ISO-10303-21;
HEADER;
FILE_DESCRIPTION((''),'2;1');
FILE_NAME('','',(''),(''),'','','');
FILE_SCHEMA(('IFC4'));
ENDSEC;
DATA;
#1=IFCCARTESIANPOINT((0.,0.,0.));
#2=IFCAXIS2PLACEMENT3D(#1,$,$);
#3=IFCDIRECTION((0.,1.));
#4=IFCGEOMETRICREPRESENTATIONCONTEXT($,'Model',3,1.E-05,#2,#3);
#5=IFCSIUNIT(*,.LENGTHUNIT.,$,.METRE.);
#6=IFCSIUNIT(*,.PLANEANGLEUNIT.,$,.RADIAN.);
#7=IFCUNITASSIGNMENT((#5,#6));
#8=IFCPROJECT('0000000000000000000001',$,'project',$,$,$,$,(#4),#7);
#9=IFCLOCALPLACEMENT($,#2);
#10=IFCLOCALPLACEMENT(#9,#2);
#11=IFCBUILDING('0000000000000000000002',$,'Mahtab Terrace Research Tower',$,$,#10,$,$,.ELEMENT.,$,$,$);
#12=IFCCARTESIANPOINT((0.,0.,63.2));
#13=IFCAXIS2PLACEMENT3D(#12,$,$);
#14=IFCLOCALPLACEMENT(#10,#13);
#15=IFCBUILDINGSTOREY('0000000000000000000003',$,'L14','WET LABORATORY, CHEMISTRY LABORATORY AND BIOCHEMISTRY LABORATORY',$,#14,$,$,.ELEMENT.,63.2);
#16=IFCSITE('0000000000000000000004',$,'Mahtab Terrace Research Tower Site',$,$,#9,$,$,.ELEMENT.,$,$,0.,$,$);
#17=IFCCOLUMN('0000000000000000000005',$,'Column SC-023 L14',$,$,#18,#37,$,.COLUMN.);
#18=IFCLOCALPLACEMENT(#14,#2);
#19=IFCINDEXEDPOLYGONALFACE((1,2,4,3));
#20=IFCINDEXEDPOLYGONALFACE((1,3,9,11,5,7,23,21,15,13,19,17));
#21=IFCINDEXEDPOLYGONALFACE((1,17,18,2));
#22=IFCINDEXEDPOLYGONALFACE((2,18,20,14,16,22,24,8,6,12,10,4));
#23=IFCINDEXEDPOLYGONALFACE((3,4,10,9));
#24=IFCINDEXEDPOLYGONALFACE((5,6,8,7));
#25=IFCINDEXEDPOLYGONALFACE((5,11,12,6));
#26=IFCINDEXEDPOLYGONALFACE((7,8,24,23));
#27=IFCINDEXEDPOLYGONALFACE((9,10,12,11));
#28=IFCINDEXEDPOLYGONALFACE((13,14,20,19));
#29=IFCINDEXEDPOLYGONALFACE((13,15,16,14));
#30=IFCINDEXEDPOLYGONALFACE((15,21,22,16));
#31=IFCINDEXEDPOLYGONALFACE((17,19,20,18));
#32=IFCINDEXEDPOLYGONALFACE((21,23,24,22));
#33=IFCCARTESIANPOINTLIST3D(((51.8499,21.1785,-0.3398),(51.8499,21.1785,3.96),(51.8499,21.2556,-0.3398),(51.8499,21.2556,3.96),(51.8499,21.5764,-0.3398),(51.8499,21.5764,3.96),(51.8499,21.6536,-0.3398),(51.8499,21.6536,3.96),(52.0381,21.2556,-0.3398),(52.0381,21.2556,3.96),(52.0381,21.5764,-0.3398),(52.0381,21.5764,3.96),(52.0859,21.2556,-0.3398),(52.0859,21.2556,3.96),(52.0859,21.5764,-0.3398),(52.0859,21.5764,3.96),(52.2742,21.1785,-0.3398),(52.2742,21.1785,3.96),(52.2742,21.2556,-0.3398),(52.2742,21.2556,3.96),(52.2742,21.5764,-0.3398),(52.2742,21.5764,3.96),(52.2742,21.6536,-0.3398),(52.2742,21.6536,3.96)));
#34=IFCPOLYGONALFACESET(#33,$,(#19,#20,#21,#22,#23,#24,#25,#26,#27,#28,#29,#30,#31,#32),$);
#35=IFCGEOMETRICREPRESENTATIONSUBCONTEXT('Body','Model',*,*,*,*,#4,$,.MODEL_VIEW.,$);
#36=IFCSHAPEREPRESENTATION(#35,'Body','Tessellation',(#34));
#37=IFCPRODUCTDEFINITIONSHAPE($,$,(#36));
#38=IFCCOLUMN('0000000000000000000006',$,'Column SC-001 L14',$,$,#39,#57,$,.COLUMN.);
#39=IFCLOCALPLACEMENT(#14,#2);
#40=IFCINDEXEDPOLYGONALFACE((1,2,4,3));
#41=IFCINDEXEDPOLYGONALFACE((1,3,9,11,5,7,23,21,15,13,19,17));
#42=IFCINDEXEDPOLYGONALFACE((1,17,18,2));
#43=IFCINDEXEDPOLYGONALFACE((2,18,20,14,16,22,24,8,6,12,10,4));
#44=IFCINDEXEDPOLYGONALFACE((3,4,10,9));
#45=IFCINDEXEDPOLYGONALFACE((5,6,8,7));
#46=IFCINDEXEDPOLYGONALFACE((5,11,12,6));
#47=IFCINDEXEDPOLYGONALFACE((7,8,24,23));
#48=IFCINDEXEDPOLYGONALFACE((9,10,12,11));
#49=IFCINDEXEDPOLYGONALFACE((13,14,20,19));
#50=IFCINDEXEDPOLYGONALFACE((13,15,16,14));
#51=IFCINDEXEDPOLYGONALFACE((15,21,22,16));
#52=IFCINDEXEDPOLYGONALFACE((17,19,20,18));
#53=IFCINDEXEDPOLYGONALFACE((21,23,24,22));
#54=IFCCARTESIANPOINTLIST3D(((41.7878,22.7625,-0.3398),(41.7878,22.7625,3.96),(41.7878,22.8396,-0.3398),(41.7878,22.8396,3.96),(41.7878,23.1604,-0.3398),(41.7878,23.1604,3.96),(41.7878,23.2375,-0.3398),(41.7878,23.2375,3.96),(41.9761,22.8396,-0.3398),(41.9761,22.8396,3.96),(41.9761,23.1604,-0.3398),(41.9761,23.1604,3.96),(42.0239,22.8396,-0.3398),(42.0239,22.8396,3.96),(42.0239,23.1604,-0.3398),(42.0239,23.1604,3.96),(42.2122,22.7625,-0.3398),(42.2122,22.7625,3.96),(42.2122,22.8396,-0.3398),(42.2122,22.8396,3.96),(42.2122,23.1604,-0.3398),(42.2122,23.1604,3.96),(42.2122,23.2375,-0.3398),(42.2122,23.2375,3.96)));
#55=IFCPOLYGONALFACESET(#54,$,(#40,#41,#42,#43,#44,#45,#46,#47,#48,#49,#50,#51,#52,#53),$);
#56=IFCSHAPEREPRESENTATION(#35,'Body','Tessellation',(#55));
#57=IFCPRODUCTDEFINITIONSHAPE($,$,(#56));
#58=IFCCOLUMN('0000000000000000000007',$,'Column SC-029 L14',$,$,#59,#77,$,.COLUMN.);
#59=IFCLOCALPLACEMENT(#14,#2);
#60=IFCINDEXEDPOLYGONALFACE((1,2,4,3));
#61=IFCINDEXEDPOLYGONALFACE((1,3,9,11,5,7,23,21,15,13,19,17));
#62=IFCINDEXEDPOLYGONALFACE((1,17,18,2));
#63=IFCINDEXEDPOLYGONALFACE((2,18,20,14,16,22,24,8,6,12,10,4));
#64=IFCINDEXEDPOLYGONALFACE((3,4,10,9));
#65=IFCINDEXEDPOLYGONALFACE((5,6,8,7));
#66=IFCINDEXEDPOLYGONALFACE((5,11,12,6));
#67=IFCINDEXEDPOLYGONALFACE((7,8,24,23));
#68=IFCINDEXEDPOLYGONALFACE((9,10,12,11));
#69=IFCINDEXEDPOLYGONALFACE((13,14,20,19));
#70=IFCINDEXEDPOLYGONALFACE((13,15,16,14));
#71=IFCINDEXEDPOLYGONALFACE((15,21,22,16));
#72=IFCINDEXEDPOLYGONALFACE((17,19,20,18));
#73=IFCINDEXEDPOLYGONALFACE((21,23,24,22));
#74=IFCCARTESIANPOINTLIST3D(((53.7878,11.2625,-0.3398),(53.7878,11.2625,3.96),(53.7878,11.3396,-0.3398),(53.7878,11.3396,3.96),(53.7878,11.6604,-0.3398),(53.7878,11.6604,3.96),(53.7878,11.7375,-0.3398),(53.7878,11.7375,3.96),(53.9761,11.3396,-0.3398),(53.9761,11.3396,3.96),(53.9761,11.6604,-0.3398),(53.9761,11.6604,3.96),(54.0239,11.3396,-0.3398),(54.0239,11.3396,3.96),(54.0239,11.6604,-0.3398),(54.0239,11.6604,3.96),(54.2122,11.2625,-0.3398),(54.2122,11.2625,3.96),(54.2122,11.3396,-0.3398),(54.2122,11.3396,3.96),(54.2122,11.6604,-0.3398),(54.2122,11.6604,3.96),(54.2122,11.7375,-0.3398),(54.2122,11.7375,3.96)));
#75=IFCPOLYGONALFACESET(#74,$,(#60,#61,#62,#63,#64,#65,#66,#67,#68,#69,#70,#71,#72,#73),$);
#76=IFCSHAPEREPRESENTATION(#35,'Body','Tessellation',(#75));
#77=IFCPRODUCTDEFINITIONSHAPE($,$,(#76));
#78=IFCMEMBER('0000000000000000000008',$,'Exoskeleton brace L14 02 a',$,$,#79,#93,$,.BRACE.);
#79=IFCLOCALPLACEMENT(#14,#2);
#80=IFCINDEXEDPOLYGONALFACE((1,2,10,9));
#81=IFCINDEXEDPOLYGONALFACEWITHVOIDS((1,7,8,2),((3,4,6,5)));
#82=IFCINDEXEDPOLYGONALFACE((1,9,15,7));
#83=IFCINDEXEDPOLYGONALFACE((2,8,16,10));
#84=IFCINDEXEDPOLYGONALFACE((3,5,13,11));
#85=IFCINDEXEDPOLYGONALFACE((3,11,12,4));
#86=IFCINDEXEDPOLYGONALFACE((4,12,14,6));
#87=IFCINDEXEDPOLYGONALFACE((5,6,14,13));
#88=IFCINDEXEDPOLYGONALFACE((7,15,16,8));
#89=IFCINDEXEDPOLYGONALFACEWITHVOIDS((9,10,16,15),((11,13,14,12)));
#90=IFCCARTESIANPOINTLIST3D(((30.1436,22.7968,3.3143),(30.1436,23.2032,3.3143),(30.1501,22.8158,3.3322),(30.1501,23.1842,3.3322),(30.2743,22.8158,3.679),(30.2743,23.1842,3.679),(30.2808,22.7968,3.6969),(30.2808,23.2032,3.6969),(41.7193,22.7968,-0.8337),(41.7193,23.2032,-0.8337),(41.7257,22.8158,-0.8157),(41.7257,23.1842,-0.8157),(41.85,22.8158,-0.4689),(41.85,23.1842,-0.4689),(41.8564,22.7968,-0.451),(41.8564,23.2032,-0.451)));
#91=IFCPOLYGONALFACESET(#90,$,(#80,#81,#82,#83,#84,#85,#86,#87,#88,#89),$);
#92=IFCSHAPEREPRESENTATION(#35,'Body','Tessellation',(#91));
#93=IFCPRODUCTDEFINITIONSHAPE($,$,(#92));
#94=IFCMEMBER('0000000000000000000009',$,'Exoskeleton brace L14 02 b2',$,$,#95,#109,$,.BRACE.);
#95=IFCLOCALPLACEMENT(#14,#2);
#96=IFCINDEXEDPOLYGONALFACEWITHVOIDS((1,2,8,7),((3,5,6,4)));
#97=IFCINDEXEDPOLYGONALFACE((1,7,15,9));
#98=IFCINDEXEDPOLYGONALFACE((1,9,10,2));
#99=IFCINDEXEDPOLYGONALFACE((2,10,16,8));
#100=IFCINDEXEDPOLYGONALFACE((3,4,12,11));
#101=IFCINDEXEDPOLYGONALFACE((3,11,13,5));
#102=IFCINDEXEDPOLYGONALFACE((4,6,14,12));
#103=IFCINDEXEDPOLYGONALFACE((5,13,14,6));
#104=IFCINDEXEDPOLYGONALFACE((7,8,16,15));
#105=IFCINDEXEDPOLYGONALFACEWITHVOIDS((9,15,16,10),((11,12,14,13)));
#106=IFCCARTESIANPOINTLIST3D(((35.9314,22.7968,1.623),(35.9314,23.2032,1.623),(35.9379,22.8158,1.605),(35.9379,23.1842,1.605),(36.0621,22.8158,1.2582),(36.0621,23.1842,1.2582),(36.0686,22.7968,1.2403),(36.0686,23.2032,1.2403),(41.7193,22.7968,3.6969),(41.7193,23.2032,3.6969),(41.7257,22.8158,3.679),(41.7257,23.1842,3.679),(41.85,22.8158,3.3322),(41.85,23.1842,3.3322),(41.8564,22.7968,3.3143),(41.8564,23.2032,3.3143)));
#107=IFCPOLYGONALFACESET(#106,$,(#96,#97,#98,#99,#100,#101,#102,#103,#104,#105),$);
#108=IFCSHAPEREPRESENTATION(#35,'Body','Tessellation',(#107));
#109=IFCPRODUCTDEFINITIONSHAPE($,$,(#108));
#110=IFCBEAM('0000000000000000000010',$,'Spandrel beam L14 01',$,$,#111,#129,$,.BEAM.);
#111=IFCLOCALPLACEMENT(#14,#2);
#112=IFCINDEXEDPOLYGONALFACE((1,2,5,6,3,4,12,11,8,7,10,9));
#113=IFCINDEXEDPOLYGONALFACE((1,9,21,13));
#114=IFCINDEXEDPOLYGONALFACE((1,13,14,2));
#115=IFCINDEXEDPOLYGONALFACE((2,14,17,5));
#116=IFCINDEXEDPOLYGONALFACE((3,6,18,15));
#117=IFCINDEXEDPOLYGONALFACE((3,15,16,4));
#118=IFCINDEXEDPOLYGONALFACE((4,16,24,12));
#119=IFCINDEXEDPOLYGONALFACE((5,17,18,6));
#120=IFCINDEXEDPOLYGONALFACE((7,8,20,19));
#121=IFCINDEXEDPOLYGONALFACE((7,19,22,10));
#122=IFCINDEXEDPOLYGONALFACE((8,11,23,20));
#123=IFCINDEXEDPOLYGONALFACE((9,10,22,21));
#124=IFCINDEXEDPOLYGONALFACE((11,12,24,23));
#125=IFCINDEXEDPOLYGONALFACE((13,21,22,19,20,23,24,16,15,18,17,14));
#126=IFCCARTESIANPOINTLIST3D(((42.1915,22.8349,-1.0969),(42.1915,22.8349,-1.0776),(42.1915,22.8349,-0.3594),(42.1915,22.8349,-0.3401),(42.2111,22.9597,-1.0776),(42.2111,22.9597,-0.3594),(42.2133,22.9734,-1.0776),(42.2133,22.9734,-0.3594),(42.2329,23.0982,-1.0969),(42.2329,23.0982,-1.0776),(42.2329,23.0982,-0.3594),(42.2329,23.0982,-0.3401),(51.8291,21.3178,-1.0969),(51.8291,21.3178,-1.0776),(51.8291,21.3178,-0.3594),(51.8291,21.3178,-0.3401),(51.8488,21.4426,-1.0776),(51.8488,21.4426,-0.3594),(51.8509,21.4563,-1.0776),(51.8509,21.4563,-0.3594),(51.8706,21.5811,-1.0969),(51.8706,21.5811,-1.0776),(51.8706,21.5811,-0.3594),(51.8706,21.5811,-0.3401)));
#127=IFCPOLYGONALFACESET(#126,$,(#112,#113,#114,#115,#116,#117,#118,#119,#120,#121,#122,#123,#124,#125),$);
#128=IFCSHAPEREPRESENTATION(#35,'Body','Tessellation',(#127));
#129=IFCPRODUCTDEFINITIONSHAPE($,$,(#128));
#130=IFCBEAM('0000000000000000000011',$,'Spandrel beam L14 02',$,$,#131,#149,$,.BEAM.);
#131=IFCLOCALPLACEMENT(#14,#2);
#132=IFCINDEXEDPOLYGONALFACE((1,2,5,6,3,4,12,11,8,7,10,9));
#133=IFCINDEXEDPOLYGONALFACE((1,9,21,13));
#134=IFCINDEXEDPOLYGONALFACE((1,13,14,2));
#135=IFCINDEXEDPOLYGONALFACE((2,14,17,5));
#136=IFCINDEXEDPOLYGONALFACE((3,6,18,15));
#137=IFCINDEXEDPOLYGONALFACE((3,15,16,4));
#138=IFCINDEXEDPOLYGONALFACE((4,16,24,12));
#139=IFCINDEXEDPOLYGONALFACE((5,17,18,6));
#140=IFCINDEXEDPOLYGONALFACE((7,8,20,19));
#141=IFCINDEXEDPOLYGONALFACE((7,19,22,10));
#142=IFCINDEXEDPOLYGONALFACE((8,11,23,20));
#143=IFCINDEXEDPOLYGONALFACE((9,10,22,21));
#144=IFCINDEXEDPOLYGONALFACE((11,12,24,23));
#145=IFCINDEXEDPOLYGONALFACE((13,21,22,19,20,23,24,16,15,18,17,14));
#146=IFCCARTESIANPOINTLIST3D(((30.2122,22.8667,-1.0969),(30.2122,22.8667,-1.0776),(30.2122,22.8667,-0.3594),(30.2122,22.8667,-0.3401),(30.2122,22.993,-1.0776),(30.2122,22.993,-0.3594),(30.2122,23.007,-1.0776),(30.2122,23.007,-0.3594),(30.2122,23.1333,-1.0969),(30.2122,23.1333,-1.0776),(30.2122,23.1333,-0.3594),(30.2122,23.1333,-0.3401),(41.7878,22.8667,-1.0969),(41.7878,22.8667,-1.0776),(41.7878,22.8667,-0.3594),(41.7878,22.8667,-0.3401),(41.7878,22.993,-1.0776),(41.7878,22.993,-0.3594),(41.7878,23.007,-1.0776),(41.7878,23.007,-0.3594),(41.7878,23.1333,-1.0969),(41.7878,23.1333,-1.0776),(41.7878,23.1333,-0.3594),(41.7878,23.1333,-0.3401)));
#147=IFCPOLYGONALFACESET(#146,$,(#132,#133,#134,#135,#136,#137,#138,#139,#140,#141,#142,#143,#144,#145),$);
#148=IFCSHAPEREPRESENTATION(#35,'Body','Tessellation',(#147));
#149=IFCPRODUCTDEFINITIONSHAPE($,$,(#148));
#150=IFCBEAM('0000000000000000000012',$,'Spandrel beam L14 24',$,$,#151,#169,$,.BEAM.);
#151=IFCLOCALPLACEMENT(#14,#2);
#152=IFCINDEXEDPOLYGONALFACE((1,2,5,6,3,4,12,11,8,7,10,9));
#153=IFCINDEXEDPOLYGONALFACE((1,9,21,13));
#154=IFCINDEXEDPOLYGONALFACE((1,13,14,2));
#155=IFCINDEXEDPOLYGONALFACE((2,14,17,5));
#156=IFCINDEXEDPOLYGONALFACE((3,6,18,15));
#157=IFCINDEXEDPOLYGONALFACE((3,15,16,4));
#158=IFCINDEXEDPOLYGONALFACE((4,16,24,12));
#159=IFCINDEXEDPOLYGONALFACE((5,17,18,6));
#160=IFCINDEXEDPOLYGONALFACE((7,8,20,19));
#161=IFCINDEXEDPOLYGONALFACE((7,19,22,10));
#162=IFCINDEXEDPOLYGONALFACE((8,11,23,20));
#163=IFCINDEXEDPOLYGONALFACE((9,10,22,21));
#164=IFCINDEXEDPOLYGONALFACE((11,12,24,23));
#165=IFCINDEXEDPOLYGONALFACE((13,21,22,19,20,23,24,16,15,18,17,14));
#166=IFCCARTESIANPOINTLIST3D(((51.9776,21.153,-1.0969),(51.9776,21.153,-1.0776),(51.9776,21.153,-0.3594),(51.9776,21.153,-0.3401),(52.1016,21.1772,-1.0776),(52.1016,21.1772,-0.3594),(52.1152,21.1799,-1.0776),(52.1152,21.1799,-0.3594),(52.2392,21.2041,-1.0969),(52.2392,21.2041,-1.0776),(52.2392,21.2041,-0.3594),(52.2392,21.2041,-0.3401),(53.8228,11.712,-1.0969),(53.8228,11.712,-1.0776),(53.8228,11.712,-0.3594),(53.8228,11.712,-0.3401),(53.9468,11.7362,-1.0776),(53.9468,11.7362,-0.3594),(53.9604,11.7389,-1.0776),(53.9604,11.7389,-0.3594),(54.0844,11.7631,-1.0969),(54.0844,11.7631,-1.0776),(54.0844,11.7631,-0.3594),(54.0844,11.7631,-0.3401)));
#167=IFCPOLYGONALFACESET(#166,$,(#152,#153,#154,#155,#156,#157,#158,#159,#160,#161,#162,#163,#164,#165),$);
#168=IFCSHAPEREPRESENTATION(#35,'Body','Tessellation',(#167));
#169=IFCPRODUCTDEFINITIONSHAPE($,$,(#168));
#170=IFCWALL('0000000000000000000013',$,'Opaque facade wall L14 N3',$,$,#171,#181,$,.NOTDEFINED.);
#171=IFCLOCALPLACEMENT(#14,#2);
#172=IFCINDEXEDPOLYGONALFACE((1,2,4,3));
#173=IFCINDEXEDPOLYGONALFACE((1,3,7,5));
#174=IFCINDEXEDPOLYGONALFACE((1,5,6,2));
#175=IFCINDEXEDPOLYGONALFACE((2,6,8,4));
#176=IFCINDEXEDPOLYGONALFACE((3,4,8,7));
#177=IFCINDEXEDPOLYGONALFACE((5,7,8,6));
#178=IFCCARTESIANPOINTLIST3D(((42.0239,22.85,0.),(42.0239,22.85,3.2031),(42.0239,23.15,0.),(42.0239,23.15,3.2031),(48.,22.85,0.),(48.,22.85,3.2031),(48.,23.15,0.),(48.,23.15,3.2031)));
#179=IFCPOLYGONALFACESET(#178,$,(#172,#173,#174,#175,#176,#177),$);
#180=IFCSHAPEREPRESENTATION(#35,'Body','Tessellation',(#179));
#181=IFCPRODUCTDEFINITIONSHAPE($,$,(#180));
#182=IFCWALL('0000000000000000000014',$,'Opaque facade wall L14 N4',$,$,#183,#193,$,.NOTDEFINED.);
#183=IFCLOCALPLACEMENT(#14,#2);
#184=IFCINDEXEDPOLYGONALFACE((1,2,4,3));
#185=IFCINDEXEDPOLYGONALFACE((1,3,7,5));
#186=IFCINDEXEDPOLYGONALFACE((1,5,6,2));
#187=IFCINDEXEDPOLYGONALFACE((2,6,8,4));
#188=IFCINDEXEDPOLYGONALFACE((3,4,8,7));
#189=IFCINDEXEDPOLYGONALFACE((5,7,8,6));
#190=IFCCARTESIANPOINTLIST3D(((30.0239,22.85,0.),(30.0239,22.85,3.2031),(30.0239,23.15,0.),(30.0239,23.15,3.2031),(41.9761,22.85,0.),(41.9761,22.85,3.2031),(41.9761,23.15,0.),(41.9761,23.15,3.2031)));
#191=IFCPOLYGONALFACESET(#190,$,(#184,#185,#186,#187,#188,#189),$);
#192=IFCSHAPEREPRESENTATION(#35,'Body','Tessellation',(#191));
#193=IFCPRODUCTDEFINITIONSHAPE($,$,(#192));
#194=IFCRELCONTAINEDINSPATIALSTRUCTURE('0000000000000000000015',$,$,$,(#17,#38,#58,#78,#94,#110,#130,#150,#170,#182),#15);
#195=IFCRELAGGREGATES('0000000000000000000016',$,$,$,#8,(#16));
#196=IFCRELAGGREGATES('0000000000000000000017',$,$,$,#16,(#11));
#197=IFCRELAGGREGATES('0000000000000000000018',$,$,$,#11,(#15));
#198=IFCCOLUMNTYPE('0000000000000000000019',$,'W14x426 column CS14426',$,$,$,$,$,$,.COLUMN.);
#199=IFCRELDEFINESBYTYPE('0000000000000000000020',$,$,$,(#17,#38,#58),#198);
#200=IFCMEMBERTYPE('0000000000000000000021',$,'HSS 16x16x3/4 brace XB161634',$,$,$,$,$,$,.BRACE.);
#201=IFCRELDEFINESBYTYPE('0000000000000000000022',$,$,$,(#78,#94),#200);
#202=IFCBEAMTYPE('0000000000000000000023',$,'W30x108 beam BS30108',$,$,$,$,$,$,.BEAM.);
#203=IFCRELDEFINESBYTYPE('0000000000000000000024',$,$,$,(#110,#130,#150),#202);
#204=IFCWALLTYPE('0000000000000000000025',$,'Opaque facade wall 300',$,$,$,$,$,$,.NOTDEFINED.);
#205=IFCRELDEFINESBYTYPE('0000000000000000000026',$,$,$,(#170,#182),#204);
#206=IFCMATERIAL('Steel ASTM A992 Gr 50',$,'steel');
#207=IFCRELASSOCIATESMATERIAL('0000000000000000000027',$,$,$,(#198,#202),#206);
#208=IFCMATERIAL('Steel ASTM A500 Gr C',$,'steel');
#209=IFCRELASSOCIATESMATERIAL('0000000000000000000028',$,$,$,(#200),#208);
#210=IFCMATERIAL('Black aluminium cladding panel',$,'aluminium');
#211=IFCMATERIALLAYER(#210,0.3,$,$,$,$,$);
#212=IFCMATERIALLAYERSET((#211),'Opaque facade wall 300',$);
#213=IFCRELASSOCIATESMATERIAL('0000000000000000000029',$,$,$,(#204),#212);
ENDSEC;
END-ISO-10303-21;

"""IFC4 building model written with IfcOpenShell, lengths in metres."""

from ifc_helpers import new_model, si_unit, direction, frame, frame_2d, origin, origin_2d, place, context, subcontext, project, spatial, rectangle, hollow_rectangle, i_section, extrude, material, layer, layer_set, material_profile, profile_set, type_object, element, save


model = new_model("IFC4")

# Units and contexts
model_context = context("Model", 3, precision=1e-05, world=origin(), true_north=direction((0.0, 1.0)))
body_context = subcontext(model_context, "Body", "Model", "MODEL_VIEW")
ifc_project = project(units=[si_unit("LENGTHUNIT", "METRE"), si_unit("PLANEANGLEUNIT", "RADIAN")], contexts=[model_context])

# Site, building, storey
site_placement = place(None, origin())
site = spatial("IfcSite", under=ifc_project, at=site_placement, Name="Mahtab Terrace Research Tower Site", CompositionType="ELEMENT", RefElevation=0.0)
building_placement = place(site_placement, origin())
building = spatial("IfcBuilding", under=site, at=building_placement, Name="Mahtab Terrace Research Tower", CompositionType="ELEMENT")
storey_placement = place(building_placement, frame((0.0, 0.0, 63.2)))
storey = spatial("IfcBuildingStorey", under=building, at=storey_placement, Name="L14", Description="WET LABORATORY, CHEMISTRY LABORATORY AND BIOCHEMISTRY LABORATORY", CompositionType="ELEMENT", Elevation=63.2)

# Columns
ifc_material_1 = material(Name="Steel ASTM A992 Gr 50", Category="steel")
ifc_material_profile_1 = material_profile(ifc_material_1, i_section(OverallWidth=0.4243, OverallDepth=0.4751, WebThickness=0.0479, FlangeThickness=0.0771, at=origin_2d()), Name="W14X426")
ifc_profile_set_1 = profile_set([ifc_material_profile_1], Name="Steel ASTM A992 Gr 50")
column_type = type_object("IfcColumnType", Name="W14x426 column CS14426", PredefinedType="COLUMN", material=ifc_profile_set_1)
for number, where, z_axis, x_axis, name in (
    (1, (52.062, 21.416, -0.3398), (0.0, 0.0, 1.0), (1.0, 0.0, 0.0), "Column SC-023 L14"),
    (2, (42.0, 23.0, -0.3398), (0.0, 0.0, 1.0), (1.0, 0.0, 0.0), "Column SC-001 L14"),
    (3, (54.0, 11.5, -0.3398), (0.0, 0.0, 1.0), (1.0, 0.0, 0.0), "Column SC-029 L14"),
):
    element("IfcColumn", number, at=place(storey_placement, frame(where, z_axis=z_axis, x_axis=x_axis)), inside=storey, type_object=column_type, Name=name, PredefinedType="COLUMN", context=body_context, shape_type="SweptSolid", body=[
        extrude(i_section(OverallWidth=0.4243, OverallDepth=0.4751, WebThickness=0.0479, FlangeThickness=0.0771, at=origin_2d()), origin(), (0.0, 0.0, 1.0), 4.2998),
    ])

# Members
ifc_material_2 = material(Name="Steel ASTM A500 Gr C", Category="steel")
ifc_material_profile_2 = material_profile(ifc_material_2, hollow_rectangle(XDim=0.4065, YDim=0.4065, WallThickness=0.019, at=origin_2d()), Name="HSS16X16X3/4")
ifc_profile_set_2 = profile_set([ifc_material_profile_2], Name="Steel ASTM A500 Gr C")
member_type = type_object("IfcMemberType", Name="HSS 16x16x3/4 brace XB161634", PredefinedType="BRACE", material=ifc_profile_set_2)
member_1_placement = place(storey_placement, frame((41.7878, 23.0, -0.6423), z_axis=(-0.941387, 0.0, 0.33733), x_axis=(0.0, -1.0, 0.0)))
element("IfcMember", 4, at=member_1_placement, inside=storey, type_object=member_type, Name="Exoskeleton brace L14 02 a", PredefinedType="BRACE", context=body_context, shape_type="SweptSolid", body=[
    extrude(hollow_rectangle(XDim=0.4065, YDim=0.4065, WallThickness=0.019, at=origin_2d()), origin(), (0.0, 0.0, 1.0), 12.2964),
])
member_2_placement = place(storey_placement, frame((36.0, 23.0, 1.4316), z_axis=(0.941387, 0.0, 0.33733), x_axis=(0.0, 1.0, 0.0)))
element("IfcMember", 5, at=member_2_placement, inside=storey, type_object=member_type, Name="Exoskeleton brace L14 02 b2", PredefinedType="BRACE", context=body_context, shape_type="SweptSolid", body=[
    extrude(hollow_rectangle(XDim=0.4065, YDim=0.4065, WallThickness=0.019, at=origin_2d()), origin(), (0.0, 0.0, 1.0), 6.1482),
])

# Beams
ifc_material_profile_3 = material_profile(ifc_material_1, i_section(OverallWidth=0.2666, OverallDepth=0.7568, WebThickness=0.0139, FlangeThickness=0.0193, at=origin_2d()), Name="W30X108")
ifc_profile_set_3 = profile_set([ifc_material_profile_3], Name="Steel ASTM A992 Gr 50")
beam_type = type_object("IfcBeamType", Name="W30x108 beam BS30108", PredefinedType="BEAM", material=ifc_profile_set_3)
beam_1_placement = place(storey_placement, frame((51.8499, 21.4495, -0.7185), z_axis=(-0.987836, 0.155497, 0.0), x_axis=(-0.155497, -0.987836, 0.0)))
element("IfcBeam", 6, at=beam_1_placement, inside=storey, type_object=beam_type, Name="Spandrel beam L14 01", PredefinedType="BEAM", context=body_context, shape_type="SweptSolid", body=[
    extrude(i_section(OverallWidth=0.2666, OverallDepth=0.7568, WebThickness=0.0139, FlangeThickness=0.0193, at=origin_2d()), origin(), (0.0, 0.0, 1.0), 9.7563),
])
beam_2_placement = place(storey_placement, frame((41.7878, 23.0, -0.7185), z_axis=(-1.0, 0.0, 0.0), x_axis=(0.0, -1.0, 0.0)))
element("IfcBeam", 7, at=beam_2_placement, inside=storey, type_object=beam_type, Name="Spandrel beam L14 02", PredefinedType="BEAM", context=body_context, shape_type="SweptSolid", body=[
    extrude(i_section(OverallWidth=0.2666, OverallDepth=0.7568, WebThickness=0.0139, FlangeThickness=0.0193, at=origin_2d()), origin(), (0.0, 0.0, 1.0), 11.5757),
])
beam_3_placement = place(storey_placement, frame((53.9536, 11.7375, -0.7185), z_axis=(-0.191819, 0.98143, 0.0), x_axis=(-0.98143, -0.191819, 0.0)))
element("IfcBeam", 8, at=beam_3_placement, inside=storey, type_object=beam_type, Name="Spandrel beam L14 24", PredefinedType="BEAM", context=body_context, shape_type="SweptSolid", body=[
    extrude(i_section(OverallWidth=0.2666, OverallDepth=0.7568, WebThickness=0.0139, FlangeThickness=0.0193, at=origin_2d()), origin(), (0.0, 0.0, 1.0), 9.6196),
])

# Walls
ifc_material_3 = material(Name="Black aluminium cladding panel", Category="aluminium")
ifc_layer_1 = layer(ifc_material_3, 0.3)
ifc_layer_set_1 = layer_set([ifc_layer_1], Name="Opaque facade wall 300")
wall_type_1 = type_object("IfcWallType", Name="Opaque facade wall 300", PredefinedType="NOTDEFINED", material=ifc_layer_set_1)
wall_1_placement = place(storey_placement, frame((48.0, 23.0, 0.0), z_axis=(0.0, 0.0, 1.0), x_axis=(-1.0, 0.0, 0.0)))
element("IfcWall", 9, at=wall_1_placement, inside=storey, type_object=wall_type_1, Name="Opaque facade wall L14 N3", PredefinedType="NOTDEFINED", context=body_context, shape_type="SweptSolid", body=[
    extrude(rectangle(XDim=5.9761, YDim=0.3, at=frame_2d((2.988, 0.0))), origin(), (0.0, 0.0, 1.0), 3.2031),
])
wall_2_placement = place(storey_placement, frame((41.9761, 23.0, 0.0), z_axis=(0.0, 0.0, 1.0), x_axis=(-1.0, 0.0, 0.0)))
element("IfcWall", 10, at=wall_2_placement, inside=storey, type_object=wall_type_1, Name="Opaque facade wall L14 N4", PredefinedType="NOTDEFINED", context=body_context, shape_type="SweptSolid", body=[
    extrude(rectangle(XDim=11.9521, YDim=0.3, at=frame_2d((5.9761, 0.0))), origin(), (0.0, 0.0, 1.0), 3.2031),
])

save(model, "model.ifc")
